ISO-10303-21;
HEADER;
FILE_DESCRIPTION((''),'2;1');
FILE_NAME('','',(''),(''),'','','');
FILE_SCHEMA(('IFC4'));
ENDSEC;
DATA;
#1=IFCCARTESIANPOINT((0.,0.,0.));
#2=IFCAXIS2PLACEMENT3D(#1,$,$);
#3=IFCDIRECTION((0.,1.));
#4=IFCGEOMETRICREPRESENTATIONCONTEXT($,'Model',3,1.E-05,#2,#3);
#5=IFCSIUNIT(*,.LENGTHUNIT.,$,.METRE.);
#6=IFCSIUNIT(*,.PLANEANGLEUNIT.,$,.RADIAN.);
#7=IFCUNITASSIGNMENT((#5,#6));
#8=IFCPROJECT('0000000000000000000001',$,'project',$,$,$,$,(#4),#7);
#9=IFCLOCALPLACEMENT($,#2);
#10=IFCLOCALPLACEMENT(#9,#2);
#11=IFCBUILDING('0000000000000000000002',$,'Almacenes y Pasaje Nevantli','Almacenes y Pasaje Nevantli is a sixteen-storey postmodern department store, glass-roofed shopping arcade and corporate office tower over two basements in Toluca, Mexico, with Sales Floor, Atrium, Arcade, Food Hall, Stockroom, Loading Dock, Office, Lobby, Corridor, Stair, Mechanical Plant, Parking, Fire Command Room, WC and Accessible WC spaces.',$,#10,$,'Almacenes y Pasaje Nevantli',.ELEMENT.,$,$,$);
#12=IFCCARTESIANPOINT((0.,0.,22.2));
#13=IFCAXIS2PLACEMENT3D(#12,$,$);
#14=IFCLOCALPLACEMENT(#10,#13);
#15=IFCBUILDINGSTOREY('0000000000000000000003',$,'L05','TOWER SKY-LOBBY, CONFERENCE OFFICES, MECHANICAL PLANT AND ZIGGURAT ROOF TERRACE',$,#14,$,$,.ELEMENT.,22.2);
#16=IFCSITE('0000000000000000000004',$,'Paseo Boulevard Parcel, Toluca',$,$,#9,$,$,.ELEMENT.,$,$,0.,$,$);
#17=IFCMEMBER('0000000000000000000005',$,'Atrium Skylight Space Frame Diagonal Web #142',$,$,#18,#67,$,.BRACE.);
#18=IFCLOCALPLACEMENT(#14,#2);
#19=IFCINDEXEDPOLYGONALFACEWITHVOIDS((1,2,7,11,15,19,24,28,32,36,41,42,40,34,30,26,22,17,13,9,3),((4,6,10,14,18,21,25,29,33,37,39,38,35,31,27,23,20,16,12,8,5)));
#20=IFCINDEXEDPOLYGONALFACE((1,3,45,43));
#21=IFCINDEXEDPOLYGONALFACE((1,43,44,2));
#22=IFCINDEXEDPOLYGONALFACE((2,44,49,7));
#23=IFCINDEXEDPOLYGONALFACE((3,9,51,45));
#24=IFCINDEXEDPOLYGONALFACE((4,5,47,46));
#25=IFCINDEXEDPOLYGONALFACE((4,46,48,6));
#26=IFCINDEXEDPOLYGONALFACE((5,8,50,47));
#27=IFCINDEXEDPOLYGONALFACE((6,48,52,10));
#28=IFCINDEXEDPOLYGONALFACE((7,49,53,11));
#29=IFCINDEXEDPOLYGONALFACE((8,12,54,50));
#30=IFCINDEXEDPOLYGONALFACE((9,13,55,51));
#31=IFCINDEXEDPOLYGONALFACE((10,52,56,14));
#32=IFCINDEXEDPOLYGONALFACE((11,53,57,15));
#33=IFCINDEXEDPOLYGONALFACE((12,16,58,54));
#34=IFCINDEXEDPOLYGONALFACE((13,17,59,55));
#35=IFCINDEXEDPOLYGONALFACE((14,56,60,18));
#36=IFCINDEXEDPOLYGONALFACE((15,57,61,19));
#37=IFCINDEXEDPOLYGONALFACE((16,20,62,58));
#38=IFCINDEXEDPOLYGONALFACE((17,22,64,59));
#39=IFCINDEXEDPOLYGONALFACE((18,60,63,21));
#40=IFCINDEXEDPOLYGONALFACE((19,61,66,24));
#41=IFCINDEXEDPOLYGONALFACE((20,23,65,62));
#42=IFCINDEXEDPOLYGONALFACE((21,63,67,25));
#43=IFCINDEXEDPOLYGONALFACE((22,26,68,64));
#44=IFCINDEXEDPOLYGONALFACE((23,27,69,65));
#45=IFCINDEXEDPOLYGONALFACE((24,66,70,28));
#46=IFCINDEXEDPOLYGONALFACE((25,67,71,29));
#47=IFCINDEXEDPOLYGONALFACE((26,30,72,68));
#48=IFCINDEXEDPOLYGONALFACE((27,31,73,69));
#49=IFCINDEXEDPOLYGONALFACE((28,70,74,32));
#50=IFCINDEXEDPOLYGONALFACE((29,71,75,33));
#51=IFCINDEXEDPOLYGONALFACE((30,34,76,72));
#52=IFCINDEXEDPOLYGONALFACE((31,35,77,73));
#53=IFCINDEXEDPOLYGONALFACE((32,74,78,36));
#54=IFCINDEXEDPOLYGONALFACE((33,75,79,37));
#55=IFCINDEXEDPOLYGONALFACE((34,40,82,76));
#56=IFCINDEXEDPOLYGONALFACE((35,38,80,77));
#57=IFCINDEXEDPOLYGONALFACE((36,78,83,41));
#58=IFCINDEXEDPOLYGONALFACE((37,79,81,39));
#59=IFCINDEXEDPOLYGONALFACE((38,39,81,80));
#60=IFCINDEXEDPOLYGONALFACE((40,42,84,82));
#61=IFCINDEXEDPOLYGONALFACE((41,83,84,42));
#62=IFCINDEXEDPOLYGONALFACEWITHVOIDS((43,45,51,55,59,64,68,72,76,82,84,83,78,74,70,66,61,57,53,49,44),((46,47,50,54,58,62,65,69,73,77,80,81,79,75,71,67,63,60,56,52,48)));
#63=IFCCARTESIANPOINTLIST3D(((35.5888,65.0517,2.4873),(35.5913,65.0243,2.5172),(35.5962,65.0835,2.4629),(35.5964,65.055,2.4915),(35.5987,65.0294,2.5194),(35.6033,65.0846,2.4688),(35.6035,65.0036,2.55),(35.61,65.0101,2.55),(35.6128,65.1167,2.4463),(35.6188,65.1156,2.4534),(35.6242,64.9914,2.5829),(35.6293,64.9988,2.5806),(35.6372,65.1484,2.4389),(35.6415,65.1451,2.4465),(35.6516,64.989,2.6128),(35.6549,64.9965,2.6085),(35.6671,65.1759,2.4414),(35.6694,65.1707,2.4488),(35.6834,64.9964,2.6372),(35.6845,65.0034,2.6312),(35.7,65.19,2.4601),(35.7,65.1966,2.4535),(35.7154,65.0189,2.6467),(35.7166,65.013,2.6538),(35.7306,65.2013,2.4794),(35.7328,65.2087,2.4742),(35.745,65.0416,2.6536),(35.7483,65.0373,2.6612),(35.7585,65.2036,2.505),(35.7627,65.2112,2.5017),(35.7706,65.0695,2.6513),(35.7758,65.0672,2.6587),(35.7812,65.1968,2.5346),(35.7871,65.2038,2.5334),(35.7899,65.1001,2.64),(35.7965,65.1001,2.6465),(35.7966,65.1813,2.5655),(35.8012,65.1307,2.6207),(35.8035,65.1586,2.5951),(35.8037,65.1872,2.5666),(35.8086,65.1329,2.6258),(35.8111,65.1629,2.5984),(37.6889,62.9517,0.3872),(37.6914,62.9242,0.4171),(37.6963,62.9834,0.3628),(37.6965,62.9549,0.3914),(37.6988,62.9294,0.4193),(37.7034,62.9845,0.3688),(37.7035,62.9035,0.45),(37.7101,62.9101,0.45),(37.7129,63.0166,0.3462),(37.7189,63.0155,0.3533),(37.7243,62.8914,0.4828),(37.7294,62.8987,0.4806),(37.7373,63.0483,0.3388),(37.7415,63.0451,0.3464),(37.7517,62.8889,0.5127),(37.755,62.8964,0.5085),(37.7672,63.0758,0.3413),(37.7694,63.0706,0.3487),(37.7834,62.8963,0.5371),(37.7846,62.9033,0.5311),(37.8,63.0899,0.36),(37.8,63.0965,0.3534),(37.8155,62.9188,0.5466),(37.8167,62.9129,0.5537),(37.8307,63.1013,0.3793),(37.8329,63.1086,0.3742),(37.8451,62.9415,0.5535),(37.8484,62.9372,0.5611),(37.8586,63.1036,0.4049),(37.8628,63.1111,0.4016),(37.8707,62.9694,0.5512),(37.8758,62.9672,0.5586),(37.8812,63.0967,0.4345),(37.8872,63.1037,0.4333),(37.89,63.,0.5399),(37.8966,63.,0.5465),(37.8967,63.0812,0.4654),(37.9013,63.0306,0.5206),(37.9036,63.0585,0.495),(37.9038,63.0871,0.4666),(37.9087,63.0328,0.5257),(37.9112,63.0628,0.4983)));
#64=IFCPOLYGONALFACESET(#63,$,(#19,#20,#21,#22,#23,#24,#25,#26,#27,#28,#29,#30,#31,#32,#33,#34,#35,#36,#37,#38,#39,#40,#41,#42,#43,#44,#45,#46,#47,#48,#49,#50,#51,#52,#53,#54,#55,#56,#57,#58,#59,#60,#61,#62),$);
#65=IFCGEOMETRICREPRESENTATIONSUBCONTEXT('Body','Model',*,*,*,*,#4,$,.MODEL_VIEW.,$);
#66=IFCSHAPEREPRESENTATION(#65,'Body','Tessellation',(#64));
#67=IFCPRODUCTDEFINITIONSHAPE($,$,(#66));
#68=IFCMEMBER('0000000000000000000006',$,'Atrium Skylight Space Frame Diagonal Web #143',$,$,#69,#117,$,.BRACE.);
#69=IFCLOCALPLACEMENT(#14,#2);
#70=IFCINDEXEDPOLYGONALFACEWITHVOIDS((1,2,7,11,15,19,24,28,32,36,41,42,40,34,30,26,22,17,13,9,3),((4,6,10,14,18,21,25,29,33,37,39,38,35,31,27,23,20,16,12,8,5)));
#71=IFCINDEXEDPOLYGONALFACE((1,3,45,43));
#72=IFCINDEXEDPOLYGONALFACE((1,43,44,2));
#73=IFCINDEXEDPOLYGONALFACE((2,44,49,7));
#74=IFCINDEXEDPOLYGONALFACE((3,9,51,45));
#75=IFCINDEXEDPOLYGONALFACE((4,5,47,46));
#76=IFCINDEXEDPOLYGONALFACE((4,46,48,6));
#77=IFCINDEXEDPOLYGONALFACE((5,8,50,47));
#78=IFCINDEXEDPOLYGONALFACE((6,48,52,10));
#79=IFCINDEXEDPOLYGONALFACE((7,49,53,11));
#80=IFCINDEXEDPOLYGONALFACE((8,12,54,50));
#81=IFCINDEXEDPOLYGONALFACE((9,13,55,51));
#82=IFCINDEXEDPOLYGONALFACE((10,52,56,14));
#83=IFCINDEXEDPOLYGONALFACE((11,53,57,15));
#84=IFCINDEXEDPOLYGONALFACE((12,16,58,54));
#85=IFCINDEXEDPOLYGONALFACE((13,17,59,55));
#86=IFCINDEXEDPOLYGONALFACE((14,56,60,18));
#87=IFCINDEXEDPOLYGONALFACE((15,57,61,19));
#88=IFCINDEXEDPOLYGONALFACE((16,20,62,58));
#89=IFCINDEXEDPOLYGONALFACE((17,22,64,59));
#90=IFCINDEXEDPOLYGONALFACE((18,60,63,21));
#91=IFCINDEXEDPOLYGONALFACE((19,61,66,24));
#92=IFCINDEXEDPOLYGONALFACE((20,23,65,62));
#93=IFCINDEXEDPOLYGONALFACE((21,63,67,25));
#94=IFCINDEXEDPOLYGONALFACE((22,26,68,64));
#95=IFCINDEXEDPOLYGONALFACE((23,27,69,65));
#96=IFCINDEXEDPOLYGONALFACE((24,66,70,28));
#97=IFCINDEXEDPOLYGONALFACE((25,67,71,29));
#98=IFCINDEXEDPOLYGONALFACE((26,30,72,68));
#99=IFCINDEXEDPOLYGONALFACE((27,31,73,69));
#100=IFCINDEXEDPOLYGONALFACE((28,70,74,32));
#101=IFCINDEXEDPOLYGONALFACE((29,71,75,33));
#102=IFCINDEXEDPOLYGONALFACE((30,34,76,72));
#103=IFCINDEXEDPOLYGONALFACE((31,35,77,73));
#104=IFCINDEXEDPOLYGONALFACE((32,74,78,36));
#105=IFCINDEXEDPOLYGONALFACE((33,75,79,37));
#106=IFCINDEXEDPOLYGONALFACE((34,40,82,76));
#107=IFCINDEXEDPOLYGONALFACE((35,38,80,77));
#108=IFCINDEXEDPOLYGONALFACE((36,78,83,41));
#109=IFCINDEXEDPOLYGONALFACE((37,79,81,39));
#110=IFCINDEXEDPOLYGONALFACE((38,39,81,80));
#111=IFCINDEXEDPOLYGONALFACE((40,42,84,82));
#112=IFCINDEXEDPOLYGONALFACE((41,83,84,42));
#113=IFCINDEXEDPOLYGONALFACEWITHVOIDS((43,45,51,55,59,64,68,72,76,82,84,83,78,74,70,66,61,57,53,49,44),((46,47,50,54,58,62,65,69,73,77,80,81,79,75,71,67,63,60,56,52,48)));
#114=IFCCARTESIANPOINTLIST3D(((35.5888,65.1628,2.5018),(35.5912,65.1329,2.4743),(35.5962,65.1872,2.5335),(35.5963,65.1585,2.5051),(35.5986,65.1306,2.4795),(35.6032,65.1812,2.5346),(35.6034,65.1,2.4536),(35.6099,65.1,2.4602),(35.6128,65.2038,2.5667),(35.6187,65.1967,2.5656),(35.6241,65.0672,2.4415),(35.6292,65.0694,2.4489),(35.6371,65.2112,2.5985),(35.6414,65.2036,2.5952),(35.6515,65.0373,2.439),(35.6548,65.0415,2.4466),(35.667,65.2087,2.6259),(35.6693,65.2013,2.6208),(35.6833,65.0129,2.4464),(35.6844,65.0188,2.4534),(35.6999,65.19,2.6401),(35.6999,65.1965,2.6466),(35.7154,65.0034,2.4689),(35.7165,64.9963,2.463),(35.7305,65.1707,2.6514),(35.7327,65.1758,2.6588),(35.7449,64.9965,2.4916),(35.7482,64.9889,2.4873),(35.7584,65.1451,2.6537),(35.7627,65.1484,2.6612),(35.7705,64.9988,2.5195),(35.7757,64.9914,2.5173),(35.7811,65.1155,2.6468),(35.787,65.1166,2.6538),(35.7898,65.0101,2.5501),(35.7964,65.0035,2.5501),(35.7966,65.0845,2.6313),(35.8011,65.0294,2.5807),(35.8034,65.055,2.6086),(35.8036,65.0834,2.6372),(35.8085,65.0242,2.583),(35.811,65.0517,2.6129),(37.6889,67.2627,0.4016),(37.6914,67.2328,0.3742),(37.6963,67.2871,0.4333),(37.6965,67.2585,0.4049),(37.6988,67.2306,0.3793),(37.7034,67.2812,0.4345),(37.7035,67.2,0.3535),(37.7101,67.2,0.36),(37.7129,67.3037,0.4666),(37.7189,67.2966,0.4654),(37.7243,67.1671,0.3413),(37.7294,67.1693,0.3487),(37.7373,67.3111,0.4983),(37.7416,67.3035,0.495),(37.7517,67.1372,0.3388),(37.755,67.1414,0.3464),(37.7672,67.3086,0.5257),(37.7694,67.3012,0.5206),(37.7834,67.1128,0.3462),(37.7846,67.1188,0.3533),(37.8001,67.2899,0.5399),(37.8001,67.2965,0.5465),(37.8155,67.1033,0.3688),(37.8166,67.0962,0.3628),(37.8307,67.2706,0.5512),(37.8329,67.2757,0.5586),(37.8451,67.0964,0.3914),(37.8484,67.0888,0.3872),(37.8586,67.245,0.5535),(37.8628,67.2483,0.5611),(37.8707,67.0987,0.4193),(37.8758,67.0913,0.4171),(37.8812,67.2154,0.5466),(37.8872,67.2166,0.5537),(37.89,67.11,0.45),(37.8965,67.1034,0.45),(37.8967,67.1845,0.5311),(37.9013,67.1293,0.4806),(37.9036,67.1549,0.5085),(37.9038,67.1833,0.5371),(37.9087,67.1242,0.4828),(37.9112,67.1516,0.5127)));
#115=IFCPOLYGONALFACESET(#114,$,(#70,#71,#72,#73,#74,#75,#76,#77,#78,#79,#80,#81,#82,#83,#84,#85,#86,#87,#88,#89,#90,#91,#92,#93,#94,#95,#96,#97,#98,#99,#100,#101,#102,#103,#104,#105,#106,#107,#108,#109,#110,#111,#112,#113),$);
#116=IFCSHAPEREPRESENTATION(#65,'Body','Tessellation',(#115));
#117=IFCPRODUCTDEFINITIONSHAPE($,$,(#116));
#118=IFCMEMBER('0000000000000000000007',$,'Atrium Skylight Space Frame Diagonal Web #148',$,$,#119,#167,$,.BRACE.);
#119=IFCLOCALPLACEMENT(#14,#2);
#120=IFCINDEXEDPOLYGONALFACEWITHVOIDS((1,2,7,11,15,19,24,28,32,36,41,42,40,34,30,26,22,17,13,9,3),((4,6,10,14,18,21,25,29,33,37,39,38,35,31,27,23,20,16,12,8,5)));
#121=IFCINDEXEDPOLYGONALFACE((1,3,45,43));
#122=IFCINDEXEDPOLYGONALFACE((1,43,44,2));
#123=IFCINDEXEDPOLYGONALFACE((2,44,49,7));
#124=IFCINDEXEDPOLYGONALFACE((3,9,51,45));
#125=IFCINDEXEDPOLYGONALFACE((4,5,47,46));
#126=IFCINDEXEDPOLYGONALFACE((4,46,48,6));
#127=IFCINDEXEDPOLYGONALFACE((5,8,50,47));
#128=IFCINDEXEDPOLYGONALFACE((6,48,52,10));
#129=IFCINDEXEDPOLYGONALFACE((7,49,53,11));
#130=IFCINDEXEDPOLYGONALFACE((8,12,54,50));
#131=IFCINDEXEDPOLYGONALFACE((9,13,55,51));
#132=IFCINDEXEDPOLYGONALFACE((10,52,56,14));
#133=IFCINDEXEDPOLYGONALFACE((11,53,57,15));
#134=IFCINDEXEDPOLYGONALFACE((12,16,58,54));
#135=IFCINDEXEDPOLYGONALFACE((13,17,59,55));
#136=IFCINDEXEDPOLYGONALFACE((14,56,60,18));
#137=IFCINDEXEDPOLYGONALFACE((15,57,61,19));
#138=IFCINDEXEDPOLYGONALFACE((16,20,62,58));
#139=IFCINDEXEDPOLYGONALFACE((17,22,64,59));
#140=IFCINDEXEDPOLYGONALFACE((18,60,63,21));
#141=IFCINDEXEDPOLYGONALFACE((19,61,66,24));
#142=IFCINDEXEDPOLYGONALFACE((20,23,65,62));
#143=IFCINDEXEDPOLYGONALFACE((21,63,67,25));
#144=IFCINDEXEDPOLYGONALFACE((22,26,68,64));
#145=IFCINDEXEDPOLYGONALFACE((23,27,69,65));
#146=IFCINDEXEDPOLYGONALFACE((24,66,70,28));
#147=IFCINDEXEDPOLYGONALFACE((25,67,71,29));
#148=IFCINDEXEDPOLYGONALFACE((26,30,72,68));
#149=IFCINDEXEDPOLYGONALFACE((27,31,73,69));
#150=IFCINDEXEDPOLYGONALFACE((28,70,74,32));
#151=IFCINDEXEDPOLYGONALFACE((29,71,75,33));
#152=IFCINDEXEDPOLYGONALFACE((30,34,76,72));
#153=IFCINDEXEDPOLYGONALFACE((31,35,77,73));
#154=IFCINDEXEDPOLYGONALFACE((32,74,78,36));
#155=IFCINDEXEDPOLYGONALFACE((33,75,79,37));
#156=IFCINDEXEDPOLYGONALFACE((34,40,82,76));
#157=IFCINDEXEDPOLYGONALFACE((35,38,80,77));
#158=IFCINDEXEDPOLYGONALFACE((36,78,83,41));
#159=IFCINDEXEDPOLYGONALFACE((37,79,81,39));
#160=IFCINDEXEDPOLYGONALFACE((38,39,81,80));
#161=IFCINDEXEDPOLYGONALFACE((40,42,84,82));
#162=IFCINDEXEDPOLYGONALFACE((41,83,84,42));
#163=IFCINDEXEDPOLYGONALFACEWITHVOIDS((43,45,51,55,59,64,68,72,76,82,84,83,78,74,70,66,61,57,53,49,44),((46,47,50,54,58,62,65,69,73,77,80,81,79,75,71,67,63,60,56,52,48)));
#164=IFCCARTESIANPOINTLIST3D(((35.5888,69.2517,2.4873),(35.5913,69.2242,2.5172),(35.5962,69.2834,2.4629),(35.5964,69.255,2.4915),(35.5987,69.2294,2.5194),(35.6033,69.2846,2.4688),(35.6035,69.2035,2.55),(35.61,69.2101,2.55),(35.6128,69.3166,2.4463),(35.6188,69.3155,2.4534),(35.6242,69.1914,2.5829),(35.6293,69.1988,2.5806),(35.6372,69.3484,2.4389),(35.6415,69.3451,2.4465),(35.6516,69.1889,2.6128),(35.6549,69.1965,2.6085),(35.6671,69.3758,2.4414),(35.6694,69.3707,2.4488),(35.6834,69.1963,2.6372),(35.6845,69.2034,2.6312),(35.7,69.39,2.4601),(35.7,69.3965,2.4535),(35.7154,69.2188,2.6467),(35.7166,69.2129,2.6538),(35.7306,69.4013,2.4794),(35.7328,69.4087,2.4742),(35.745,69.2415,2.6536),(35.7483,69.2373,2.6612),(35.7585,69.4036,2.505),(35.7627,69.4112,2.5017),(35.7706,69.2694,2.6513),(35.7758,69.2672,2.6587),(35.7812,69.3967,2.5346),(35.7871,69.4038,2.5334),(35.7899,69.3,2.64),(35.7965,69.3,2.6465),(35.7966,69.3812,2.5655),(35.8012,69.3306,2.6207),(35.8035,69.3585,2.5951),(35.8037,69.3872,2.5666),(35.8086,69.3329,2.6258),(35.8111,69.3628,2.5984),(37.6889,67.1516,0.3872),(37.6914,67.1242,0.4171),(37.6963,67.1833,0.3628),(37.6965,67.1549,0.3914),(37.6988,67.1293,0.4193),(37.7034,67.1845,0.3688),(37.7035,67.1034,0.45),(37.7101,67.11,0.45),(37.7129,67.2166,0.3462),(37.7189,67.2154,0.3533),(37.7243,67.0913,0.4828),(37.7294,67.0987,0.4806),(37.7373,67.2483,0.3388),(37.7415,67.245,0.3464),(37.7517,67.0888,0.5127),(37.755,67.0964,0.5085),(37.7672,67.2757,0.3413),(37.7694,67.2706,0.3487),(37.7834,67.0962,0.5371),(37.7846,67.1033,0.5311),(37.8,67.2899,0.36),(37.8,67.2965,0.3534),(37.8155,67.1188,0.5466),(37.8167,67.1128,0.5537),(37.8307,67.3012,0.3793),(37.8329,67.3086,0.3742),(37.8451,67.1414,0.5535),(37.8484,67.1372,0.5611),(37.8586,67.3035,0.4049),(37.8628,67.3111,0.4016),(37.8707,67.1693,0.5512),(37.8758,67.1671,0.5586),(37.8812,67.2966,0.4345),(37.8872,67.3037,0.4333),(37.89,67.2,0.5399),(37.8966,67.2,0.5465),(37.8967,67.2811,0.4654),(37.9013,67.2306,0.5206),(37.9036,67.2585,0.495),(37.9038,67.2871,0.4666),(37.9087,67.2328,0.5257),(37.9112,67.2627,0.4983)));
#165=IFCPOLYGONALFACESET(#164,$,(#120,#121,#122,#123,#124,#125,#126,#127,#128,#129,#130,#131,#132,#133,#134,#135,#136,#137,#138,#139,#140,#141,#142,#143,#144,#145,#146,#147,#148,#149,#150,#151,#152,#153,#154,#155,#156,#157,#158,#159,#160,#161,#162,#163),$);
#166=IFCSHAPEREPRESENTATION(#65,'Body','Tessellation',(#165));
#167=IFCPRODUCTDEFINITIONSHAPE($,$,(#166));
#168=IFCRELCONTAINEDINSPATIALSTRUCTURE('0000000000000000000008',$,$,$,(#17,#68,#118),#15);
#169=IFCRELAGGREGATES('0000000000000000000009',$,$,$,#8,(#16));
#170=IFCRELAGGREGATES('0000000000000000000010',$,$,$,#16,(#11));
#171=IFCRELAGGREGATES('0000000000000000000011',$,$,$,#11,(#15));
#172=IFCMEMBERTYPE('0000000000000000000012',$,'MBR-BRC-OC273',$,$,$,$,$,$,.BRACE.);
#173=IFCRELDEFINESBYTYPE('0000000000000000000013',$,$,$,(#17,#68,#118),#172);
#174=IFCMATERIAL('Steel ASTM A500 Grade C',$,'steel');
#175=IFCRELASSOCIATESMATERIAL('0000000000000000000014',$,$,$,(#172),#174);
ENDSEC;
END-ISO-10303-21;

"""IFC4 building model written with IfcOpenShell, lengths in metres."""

from ifc_helpers import new_model, si_unit, direction, frame, origin, origin_2d, place, context, subcontext, project, spatial, hollow_circle, extrude, material, material_profile, profile_set, type_object, element, save


model = new_model("IFC4")

# Units and contexts
model_context = context("Model", 3, precision=1e-05, world=origin(), true_north=direction((0.0, 1.0)))
body_context = subcontext(model_context, "Body", "Model", "MODEL_VIEW")
ifc_project = project(units=[si_unit("LENGTHUNIT", "METRE"), si_unit("PLANEANGLEUNIT", "RADIAN")], contexts=[model_context])

# Site, building, storey
site_placement = place(None, origin())
site = spatial("IfcSite", under=ifc_project, at=site_placement, Name="Paseo Boulevard Parcel, Toluca", CompositionType="ELEMENT", RefElevation=0.0)
building_placement = place(site_placement, origin())
building = spatial("IfcBuilding", under=site, at=building_placement, Name="Almacenes y Pasaje Nevantli", Description="Almacenes y Pasaje Nevantli is a sixteen-storey postmodern department store, glass-roofed shopping arcade and corporate office tower over two basements in Toluca, Mexico, with Sales Floor, Atrium, Arcade, Food Hall, Stockroom, Loading Dock, Office, Lobby, Corridor, Stair, Mechanical Plant, Parking, Fire Command Room, WC and Accessible WC spaces.", LongName="Almacenes y Pasaje Nevantli", CompositionType="ELEMENT")
storey_placement = place(building_placement, frame((0.0, 0.0, 22.2)))
storey = spatial("IfcBuildingStorey", under=building, at=storey_placement, Name="L05", Description="TOWER SKY-LOBBY, CONFERENCE OFFICES, MECHANICAL PLANT AND ZIGGURAT ROOF TERRACE", CompositionType="ELEMENT", Elevation=22.2)

# Members
ifc_material_1 = material(Name="Steel ASTM A500 Grade C", Category="steel")
ifc_material_profile_1 = material_profile(ifc_material_1, hollow_circle(Radius=0.1365, WallThickness=0.0093, at=origin_2d()), Name="OC 273x9.3")
ifc_profile_set_1 = profile_set([ifc_material_profile_1], Name="Steel ASTM A500 Grade C")
member_type_1 = type_object("IfcMemberType", Name="MBR-BRC-OC273", PredefinedType="BRACE", material=ifc_profile_set_1)
for number, where, z_axis, x_axis, name in (
    (1, (37.8, 63.0, 0.45), (-0.57735, 0.57735, 0.57735), (-0.707107, -0.707107, 0.0), "Atrium Skylight Space Frame Diagonal Web #142"),
    (2, (37.8, 67.2, 0.45), (-0.577373, -0.577306, 0.577373), (0.707066, -0.707148, 0.0), "Atrium Skylight Space Frame Diagonal Web #143"),
    (3, (37.8, 67.2, 0.45), (-0.57735, 0.57735, 0.57735), (-0.707107, -0.707107, 0.0), "Atrium Skylight Space Frame Diagonal Web #148"),
):
    element("IfcMember", number, at=place(storey_placement, frame(where, z_axis=z_axis, x_axis=x_axis)), inside=storey, type_object=member_type_1, Name=name, PredefinedType="BRACE", context=body_context, shape_type="SweptSolid", body=[
        extrude(hollow_circle(Radius=0.1365, WallThickness=0.0093, at=origin_2d()), origin(), (0.0, 0.0, 1.0), 3.6375),
    ])

save(model, "model.ifc")
